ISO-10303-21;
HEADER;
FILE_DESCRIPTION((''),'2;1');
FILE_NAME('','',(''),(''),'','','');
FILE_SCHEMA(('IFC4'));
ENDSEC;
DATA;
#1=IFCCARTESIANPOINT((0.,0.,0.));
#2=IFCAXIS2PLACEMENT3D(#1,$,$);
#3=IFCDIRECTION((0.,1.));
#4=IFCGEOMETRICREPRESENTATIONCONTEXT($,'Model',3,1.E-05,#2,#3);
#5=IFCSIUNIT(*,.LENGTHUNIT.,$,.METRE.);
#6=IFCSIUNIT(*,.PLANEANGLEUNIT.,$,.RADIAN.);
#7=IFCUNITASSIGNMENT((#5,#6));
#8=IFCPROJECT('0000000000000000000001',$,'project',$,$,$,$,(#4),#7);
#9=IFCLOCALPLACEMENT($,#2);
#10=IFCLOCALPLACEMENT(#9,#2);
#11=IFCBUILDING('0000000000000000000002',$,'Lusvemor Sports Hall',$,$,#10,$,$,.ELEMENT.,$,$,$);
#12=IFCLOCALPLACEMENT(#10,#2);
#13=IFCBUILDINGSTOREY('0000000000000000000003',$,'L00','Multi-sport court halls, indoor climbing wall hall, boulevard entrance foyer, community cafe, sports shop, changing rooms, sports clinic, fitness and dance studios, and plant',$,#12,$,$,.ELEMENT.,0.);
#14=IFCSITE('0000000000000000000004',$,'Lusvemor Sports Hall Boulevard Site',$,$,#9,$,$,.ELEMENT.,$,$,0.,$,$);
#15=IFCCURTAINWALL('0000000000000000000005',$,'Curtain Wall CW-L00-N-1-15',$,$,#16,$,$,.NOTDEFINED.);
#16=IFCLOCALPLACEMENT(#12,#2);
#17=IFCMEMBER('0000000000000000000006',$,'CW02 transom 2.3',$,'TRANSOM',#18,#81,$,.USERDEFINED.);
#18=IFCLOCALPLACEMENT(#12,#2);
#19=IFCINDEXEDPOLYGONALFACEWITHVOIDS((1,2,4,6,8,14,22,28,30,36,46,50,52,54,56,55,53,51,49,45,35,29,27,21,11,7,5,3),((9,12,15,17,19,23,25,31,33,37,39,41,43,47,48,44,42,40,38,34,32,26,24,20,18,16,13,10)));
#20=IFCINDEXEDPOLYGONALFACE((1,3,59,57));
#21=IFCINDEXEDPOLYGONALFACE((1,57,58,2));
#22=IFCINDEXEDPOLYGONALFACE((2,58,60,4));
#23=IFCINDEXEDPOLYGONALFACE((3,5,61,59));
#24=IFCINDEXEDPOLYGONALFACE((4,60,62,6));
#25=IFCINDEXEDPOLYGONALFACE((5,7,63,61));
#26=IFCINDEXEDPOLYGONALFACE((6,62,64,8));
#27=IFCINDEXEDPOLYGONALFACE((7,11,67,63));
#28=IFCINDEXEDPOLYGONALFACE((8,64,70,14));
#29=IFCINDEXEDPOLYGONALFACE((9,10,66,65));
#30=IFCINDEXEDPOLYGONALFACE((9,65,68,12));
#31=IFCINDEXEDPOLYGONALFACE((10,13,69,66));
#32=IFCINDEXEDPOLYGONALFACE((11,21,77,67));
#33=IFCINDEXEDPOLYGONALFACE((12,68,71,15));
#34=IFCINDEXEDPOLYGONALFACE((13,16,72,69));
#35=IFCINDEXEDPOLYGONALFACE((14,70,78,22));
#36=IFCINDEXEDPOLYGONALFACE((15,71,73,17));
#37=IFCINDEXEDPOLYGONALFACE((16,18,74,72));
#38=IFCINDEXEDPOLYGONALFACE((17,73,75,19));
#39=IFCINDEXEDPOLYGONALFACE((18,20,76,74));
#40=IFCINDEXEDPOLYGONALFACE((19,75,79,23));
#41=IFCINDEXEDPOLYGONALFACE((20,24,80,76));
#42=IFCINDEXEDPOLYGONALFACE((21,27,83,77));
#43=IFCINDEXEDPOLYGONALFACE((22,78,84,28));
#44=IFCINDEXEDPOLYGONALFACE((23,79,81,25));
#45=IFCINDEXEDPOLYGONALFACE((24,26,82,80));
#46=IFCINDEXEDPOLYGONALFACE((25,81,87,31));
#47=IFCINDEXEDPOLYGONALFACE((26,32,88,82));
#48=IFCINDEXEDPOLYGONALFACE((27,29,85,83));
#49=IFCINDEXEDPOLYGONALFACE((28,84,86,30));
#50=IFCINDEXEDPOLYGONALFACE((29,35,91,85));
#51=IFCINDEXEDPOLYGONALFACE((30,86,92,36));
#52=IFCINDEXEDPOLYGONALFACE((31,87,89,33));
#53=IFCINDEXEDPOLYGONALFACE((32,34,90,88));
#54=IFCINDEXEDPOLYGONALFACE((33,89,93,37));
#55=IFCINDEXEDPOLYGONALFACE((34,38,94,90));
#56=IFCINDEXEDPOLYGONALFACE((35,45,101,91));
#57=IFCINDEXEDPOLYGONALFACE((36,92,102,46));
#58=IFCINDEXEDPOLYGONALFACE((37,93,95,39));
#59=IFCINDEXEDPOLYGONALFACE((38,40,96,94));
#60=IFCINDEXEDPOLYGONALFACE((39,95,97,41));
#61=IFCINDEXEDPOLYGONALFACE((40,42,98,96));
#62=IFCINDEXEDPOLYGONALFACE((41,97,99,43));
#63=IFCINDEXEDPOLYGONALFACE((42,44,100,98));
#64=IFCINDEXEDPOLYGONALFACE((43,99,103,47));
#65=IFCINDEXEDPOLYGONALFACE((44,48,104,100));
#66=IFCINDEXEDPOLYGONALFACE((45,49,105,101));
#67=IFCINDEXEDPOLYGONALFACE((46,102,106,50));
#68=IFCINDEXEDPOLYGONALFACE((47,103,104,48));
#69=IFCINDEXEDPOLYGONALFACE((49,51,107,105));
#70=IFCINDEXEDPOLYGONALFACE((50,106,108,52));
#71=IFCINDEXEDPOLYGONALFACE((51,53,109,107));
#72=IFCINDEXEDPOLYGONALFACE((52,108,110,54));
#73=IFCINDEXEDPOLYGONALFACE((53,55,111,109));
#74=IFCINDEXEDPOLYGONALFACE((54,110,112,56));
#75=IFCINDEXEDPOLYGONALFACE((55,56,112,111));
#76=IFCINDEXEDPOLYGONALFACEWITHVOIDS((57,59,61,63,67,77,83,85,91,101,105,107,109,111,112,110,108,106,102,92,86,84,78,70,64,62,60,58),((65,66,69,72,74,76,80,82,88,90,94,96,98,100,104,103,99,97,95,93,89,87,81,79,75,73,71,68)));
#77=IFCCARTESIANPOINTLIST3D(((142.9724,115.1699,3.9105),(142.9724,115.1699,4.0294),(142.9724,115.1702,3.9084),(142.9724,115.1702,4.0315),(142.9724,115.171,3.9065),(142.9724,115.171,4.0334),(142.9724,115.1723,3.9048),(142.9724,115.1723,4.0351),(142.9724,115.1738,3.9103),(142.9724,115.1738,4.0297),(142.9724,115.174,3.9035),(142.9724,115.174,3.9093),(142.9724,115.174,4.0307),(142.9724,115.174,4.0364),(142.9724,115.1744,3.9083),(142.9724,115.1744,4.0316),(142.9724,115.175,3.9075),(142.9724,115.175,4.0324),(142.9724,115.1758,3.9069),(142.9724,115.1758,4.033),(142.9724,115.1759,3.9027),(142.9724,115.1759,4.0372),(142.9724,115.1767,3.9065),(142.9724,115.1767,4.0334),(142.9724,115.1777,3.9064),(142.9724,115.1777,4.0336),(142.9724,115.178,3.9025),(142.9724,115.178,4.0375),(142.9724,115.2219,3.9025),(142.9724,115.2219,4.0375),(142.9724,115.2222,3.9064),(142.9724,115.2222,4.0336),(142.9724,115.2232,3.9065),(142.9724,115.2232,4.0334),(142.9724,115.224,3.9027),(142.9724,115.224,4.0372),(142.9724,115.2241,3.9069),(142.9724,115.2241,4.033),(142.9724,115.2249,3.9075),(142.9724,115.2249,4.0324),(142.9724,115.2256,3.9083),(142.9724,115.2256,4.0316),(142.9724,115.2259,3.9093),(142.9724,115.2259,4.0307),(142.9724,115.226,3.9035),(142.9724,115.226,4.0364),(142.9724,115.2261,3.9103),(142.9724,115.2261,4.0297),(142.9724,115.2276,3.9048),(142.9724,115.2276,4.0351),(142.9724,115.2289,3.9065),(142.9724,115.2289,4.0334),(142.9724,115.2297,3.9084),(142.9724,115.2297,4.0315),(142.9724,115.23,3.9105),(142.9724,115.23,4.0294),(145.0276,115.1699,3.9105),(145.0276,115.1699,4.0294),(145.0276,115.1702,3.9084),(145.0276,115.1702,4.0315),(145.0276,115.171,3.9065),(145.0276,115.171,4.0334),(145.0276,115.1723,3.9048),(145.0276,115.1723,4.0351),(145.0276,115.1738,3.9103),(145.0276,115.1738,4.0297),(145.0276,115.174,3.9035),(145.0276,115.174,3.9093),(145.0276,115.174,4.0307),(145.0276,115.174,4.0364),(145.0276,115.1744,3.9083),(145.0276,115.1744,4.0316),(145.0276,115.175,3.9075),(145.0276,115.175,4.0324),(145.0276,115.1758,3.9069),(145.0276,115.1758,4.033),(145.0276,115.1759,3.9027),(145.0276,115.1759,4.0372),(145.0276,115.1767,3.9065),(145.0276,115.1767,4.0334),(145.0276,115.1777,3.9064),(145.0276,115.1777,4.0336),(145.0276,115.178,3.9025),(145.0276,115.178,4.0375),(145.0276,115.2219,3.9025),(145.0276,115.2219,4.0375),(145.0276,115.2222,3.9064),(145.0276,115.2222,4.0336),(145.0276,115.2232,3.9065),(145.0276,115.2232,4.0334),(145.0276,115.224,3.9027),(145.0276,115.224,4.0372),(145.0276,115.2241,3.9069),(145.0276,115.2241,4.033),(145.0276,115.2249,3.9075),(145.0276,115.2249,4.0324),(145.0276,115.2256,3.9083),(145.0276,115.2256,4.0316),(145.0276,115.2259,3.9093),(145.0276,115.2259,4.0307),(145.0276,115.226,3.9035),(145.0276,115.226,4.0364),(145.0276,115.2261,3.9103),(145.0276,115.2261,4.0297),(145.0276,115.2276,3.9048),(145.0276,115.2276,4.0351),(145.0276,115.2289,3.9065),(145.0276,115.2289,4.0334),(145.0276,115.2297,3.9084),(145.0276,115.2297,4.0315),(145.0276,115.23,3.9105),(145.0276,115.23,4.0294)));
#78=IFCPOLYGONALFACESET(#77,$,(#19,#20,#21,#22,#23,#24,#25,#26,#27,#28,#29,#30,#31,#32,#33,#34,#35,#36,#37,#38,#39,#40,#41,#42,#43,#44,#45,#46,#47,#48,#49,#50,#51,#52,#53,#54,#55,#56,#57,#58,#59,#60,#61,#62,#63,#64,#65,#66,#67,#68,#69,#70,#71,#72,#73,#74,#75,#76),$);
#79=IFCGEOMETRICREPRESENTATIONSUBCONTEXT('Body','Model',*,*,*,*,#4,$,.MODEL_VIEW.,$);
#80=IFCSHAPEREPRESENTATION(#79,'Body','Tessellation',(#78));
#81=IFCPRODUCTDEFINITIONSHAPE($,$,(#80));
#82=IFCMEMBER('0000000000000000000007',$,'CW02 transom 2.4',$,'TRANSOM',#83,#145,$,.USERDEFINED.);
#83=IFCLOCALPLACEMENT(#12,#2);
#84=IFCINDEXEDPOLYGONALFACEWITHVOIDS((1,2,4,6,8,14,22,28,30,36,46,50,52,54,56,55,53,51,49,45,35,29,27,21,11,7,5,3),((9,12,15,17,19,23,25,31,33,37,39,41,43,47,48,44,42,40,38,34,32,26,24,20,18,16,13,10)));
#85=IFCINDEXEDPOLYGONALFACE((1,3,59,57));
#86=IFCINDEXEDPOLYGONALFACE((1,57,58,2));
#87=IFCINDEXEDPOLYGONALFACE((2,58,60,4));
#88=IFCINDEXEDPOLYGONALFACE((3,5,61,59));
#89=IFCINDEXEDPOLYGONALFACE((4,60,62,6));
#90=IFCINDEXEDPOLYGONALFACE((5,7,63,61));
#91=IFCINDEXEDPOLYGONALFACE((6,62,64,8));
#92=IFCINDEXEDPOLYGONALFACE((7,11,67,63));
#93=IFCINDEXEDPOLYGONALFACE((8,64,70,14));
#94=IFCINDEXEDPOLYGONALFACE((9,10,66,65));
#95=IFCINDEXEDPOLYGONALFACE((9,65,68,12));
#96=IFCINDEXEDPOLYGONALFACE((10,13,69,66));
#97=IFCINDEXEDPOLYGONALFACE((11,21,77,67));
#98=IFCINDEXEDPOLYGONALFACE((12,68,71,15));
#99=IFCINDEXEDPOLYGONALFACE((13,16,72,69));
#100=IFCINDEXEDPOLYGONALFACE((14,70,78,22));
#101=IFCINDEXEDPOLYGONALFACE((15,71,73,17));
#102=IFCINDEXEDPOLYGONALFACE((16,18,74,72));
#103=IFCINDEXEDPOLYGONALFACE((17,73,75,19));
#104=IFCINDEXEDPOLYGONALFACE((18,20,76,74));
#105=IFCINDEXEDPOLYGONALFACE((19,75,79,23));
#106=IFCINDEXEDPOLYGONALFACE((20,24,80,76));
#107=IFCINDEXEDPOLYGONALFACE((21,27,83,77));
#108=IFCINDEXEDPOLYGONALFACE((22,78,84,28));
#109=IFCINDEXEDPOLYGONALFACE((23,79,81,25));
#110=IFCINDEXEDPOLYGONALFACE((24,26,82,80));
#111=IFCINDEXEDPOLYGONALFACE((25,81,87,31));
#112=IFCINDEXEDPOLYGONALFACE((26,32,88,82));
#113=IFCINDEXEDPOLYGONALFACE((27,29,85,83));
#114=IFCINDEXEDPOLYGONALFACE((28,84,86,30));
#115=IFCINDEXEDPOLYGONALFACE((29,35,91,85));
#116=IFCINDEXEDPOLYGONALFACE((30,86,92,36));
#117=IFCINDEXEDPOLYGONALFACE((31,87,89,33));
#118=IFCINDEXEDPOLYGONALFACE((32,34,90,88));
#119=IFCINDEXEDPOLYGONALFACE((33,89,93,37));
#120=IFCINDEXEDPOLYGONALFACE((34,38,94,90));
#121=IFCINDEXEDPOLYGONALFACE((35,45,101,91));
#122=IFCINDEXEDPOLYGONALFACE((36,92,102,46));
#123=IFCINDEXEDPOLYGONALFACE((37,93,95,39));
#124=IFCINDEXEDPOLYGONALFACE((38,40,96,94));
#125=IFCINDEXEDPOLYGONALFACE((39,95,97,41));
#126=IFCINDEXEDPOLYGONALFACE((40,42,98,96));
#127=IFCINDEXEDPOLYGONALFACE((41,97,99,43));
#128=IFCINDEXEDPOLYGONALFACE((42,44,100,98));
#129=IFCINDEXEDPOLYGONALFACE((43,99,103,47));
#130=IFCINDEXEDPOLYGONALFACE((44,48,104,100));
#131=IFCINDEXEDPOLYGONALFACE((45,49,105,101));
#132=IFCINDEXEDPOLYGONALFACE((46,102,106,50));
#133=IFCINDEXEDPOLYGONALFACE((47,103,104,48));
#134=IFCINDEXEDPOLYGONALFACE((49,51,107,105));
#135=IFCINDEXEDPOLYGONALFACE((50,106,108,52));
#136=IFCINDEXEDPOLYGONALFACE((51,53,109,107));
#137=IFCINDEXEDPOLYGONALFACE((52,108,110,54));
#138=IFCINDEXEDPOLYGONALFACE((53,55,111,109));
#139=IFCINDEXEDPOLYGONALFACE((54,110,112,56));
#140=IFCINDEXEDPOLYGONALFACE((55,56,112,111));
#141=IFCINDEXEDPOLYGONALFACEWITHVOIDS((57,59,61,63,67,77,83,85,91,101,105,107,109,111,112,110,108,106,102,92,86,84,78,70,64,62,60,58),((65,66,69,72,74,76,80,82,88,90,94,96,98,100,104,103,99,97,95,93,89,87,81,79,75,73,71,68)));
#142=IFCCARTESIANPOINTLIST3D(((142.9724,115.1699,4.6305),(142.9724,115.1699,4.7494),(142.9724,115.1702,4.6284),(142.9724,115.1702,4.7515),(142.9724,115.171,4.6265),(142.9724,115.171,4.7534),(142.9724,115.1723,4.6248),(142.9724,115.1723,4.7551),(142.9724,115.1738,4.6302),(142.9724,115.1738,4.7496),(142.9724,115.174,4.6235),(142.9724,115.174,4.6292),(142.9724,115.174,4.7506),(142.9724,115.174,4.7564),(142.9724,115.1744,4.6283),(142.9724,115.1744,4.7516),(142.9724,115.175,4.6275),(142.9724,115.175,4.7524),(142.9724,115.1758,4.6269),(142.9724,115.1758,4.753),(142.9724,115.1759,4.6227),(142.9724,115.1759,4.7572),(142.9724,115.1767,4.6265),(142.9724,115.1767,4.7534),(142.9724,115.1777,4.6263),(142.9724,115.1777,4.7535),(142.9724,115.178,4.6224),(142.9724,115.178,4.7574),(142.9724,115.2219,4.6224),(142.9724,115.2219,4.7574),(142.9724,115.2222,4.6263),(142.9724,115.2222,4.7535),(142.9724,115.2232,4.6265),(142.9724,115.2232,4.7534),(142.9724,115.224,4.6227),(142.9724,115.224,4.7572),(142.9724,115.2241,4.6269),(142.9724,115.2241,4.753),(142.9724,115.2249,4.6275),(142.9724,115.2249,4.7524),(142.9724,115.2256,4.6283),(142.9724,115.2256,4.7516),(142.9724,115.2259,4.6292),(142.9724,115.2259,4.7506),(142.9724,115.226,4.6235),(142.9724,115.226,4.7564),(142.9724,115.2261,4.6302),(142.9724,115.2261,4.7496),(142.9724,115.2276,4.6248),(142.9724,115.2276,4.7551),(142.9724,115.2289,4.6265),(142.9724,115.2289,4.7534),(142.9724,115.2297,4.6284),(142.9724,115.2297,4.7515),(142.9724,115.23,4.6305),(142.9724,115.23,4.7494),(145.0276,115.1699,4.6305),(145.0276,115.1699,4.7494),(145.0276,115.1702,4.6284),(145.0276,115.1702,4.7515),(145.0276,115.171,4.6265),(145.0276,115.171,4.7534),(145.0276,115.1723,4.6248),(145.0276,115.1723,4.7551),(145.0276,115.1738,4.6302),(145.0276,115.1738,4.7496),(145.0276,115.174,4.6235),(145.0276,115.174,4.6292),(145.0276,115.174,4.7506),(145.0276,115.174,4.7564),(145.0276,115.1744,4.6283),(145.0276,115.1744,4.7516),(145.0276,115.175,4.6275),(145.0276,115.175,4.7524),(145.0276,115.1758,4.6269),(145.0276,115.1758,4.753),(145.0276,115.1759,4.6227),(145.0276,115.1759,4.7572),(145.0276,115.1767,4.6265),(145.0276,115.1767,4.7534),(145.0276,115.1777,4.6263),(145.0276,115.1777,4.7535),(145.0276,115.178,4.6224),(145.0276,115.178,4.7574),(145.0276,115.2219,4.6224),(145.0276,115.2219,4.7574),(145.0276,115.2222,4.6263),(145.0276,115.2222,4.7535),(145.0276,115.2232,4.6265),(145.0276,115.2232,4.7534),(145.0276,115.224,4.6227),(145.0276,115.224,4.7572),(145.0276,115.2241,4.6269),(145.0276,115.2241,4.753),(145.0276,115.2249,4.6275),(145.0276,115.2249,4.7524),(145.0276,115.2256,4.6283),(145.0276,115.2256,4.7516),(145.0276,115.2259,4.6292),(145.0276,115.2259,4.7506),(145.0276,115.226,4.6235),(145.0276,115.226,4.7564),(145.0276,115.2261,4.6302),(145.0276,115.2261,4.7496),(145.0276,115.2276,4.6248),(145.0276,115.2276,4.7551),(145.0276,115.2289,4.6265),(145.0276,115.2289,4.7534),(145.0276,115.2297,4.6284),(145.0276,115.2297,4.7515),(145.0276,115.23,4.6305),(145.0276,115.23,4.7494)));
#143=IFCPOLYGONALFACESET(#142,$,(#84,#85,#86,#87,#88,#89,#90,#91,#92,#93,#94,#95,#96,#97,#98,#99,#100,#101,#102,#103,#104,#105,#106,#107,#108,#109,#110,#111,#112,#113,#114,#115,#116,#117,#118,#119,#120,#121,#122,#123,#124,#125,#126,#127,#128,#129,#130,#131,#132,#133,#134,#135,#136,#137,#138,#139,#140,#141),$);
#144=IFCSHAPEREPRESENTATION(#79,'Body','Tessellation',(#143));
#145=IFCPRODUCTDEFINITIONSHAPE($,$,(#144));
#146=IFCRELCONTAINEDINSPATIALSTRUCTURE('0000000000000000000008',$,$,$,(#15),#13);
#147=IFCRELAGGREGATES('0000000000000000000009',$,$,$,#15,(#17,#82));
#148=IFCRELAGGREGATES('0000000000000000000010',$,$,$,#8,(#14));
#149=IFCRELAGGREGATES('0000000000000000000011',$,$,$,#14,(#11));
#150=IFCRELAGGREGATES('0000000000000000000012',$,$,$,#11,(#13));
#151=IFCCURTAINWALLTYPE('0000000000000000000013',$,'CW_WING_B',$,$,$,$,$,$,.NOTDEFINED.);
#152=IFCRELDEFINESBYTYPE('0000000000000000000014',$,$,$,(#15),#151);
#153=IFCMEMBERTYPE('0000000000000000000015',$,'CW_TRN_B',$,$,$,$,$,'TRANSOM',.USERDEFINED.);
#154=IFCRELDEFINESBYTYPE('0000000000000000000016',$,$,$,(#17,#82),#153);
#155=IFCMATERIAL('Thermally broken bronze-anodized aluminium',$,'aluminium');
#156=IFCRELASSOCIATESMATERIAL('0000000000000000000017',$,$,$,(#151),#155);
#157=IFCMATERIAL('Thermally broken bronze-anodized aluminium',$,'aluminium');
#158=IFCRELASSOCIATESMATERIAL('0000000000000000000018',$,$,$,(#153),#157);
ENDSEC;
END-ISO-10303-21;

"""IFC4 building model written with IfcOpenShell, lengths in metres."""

from ifc_helpers import new_model, si_unit, direction, frame, origin, origin_2d, place, context, subcontext, project, spatial, hollow_rectangle, extrude, material, material_profile, profile_set, type_object, element, aggregate, save


model = new_model("IFC4")

# Units and contexts
model_context = context("Model", 3, precision=1e-05, world=origin(), true_north=direction((0.0, 1.0)))
body_context = subcontext(model_context, "Body", "Model", "MODEL_VIEW")
ifc_project = project(units=[si_unit("LENGTHUNIT", "METRE"), si_unit("PLANEANGLEUNIT", "RADIAN")], contexts=[model_context])

# Site, building, storey
site_placement = place(None, origin())
site = spatial("IfcSite", under=ifc_project, at=site_placement, Name="Lusvemor Sports Hall Boulevard Site", CompositionType="ELEMENT", RefElevation=0.0)
building_placement = place(site_placement, origin())
building = spatial("IfcBuilding", under=site, at=building_placement, Name="Lusvemor Sports Hall", CompositionType="ELEMENT")
storey_placement = place(building_placement, origin())
storey = spatial("IfcBuildingStorey", under=building, at=storey_placement, Name="L00", Description="Multi-sport court halls, indoor climbing wall hall, boulevard entrance foyer, community cafe, sports shop, changing rooms, sports clinic, fitness and dance studios, and plant", CompositionType="ELEMENT", Elevation=0.0)

# Curtain wall, members
ifc_material_1 = material(Name="Thermally broken bronze-anodized aluminium", Category="aluminium")
curtain_wall_type = type_object("IfcCurtainWallType", Name="CW_WING_B", PredefinedType="NOTDEFINED", material=ifc_material_1)
curtain_wall_placement = place(storey_placement, origin())
curtain_wall = element("IfcCurtainWall", 1, at=curtain_wall_placement, inside=storey, type_object=curtain_wall_type, Name="Curtain Wall CW-L00-N-1-15", PredefinedType="NOTDEFINED")
ifc_material_2 = material(Name="Thermally broken bronze-anodized aluminium", Category="aluminium")
ifc_material_profile_1 = material_profile(ifc_material_2, hollow_rectangle(XDim=0.0601, YDim=0.135, WallThickness=0.0039, InnerFilletRadius=0.0039, OuterFilletRadius=0.0081, at=origin_2d()), Name="CWTRN135x60x4")
ifc_profile_set_1 = profile_set([ifc_material_profile_1], Name="Thermally broken bronze-anodized aluminium")
member_type_1 = type_object("IfcMemberType", Name="CW_TRN_B", ElementType="TRANSOM", PredefinedType="USERDEFINED", material=ifc_profile_set_1)
member_1_placement = place(storey_placement, frame((142.9724, 115.2, 3.97), z_axis=(1.0, 0.0, 0.0), x_axis=(0.0, 1.0, 0.0)))
member_1 = element("IfcMember", 2, at=member_1_placement, type_object=member_type_1, Name="CW02 transom 2.3", ObjectType="TRANSOM", PredefinedType="USERDEFINED", context=body_context, shape_type="SweptSolid", body=[
    extrude(hollow_rectangle(XDim=0.0601, YDim=0.135, WallThickness=0.0039, InnerFilletRadius=0.0039, OuterFilletRadius=0.0081, at=origin_2d()), origin(), (0.0, 0.0, 1.0), 2.0552),
])
member_2_placement = place(storey_placement, frame((142.9724, 115.2, 4.6899), z_axis=(1.0, 0.0, 0.0), x_axis=(0.0, 1.0, 0.0)))
member_2 = element("IfcMember", 3, at=member_2_placement, type_object=member_type_1, Name="CW02 transom 2.4", ObjectType="TRANSOM", PredefinedType="USERDEFINED", context=body_context, shape_type="SweptSolid", body=[
    extrude(hollow_rectangle(XDim=0.0601, YDim=0.135, WallThickness=0.0039, InnerFilletRadius=0.0039, OuterFilletRadius=0.0081, at=origin_2d()), origin(), (0.0, 0.0, 1.0), 2.0552),
])
aggregate(curtain_wall, [member_1, member_2])

save(model, "model.ifc")
